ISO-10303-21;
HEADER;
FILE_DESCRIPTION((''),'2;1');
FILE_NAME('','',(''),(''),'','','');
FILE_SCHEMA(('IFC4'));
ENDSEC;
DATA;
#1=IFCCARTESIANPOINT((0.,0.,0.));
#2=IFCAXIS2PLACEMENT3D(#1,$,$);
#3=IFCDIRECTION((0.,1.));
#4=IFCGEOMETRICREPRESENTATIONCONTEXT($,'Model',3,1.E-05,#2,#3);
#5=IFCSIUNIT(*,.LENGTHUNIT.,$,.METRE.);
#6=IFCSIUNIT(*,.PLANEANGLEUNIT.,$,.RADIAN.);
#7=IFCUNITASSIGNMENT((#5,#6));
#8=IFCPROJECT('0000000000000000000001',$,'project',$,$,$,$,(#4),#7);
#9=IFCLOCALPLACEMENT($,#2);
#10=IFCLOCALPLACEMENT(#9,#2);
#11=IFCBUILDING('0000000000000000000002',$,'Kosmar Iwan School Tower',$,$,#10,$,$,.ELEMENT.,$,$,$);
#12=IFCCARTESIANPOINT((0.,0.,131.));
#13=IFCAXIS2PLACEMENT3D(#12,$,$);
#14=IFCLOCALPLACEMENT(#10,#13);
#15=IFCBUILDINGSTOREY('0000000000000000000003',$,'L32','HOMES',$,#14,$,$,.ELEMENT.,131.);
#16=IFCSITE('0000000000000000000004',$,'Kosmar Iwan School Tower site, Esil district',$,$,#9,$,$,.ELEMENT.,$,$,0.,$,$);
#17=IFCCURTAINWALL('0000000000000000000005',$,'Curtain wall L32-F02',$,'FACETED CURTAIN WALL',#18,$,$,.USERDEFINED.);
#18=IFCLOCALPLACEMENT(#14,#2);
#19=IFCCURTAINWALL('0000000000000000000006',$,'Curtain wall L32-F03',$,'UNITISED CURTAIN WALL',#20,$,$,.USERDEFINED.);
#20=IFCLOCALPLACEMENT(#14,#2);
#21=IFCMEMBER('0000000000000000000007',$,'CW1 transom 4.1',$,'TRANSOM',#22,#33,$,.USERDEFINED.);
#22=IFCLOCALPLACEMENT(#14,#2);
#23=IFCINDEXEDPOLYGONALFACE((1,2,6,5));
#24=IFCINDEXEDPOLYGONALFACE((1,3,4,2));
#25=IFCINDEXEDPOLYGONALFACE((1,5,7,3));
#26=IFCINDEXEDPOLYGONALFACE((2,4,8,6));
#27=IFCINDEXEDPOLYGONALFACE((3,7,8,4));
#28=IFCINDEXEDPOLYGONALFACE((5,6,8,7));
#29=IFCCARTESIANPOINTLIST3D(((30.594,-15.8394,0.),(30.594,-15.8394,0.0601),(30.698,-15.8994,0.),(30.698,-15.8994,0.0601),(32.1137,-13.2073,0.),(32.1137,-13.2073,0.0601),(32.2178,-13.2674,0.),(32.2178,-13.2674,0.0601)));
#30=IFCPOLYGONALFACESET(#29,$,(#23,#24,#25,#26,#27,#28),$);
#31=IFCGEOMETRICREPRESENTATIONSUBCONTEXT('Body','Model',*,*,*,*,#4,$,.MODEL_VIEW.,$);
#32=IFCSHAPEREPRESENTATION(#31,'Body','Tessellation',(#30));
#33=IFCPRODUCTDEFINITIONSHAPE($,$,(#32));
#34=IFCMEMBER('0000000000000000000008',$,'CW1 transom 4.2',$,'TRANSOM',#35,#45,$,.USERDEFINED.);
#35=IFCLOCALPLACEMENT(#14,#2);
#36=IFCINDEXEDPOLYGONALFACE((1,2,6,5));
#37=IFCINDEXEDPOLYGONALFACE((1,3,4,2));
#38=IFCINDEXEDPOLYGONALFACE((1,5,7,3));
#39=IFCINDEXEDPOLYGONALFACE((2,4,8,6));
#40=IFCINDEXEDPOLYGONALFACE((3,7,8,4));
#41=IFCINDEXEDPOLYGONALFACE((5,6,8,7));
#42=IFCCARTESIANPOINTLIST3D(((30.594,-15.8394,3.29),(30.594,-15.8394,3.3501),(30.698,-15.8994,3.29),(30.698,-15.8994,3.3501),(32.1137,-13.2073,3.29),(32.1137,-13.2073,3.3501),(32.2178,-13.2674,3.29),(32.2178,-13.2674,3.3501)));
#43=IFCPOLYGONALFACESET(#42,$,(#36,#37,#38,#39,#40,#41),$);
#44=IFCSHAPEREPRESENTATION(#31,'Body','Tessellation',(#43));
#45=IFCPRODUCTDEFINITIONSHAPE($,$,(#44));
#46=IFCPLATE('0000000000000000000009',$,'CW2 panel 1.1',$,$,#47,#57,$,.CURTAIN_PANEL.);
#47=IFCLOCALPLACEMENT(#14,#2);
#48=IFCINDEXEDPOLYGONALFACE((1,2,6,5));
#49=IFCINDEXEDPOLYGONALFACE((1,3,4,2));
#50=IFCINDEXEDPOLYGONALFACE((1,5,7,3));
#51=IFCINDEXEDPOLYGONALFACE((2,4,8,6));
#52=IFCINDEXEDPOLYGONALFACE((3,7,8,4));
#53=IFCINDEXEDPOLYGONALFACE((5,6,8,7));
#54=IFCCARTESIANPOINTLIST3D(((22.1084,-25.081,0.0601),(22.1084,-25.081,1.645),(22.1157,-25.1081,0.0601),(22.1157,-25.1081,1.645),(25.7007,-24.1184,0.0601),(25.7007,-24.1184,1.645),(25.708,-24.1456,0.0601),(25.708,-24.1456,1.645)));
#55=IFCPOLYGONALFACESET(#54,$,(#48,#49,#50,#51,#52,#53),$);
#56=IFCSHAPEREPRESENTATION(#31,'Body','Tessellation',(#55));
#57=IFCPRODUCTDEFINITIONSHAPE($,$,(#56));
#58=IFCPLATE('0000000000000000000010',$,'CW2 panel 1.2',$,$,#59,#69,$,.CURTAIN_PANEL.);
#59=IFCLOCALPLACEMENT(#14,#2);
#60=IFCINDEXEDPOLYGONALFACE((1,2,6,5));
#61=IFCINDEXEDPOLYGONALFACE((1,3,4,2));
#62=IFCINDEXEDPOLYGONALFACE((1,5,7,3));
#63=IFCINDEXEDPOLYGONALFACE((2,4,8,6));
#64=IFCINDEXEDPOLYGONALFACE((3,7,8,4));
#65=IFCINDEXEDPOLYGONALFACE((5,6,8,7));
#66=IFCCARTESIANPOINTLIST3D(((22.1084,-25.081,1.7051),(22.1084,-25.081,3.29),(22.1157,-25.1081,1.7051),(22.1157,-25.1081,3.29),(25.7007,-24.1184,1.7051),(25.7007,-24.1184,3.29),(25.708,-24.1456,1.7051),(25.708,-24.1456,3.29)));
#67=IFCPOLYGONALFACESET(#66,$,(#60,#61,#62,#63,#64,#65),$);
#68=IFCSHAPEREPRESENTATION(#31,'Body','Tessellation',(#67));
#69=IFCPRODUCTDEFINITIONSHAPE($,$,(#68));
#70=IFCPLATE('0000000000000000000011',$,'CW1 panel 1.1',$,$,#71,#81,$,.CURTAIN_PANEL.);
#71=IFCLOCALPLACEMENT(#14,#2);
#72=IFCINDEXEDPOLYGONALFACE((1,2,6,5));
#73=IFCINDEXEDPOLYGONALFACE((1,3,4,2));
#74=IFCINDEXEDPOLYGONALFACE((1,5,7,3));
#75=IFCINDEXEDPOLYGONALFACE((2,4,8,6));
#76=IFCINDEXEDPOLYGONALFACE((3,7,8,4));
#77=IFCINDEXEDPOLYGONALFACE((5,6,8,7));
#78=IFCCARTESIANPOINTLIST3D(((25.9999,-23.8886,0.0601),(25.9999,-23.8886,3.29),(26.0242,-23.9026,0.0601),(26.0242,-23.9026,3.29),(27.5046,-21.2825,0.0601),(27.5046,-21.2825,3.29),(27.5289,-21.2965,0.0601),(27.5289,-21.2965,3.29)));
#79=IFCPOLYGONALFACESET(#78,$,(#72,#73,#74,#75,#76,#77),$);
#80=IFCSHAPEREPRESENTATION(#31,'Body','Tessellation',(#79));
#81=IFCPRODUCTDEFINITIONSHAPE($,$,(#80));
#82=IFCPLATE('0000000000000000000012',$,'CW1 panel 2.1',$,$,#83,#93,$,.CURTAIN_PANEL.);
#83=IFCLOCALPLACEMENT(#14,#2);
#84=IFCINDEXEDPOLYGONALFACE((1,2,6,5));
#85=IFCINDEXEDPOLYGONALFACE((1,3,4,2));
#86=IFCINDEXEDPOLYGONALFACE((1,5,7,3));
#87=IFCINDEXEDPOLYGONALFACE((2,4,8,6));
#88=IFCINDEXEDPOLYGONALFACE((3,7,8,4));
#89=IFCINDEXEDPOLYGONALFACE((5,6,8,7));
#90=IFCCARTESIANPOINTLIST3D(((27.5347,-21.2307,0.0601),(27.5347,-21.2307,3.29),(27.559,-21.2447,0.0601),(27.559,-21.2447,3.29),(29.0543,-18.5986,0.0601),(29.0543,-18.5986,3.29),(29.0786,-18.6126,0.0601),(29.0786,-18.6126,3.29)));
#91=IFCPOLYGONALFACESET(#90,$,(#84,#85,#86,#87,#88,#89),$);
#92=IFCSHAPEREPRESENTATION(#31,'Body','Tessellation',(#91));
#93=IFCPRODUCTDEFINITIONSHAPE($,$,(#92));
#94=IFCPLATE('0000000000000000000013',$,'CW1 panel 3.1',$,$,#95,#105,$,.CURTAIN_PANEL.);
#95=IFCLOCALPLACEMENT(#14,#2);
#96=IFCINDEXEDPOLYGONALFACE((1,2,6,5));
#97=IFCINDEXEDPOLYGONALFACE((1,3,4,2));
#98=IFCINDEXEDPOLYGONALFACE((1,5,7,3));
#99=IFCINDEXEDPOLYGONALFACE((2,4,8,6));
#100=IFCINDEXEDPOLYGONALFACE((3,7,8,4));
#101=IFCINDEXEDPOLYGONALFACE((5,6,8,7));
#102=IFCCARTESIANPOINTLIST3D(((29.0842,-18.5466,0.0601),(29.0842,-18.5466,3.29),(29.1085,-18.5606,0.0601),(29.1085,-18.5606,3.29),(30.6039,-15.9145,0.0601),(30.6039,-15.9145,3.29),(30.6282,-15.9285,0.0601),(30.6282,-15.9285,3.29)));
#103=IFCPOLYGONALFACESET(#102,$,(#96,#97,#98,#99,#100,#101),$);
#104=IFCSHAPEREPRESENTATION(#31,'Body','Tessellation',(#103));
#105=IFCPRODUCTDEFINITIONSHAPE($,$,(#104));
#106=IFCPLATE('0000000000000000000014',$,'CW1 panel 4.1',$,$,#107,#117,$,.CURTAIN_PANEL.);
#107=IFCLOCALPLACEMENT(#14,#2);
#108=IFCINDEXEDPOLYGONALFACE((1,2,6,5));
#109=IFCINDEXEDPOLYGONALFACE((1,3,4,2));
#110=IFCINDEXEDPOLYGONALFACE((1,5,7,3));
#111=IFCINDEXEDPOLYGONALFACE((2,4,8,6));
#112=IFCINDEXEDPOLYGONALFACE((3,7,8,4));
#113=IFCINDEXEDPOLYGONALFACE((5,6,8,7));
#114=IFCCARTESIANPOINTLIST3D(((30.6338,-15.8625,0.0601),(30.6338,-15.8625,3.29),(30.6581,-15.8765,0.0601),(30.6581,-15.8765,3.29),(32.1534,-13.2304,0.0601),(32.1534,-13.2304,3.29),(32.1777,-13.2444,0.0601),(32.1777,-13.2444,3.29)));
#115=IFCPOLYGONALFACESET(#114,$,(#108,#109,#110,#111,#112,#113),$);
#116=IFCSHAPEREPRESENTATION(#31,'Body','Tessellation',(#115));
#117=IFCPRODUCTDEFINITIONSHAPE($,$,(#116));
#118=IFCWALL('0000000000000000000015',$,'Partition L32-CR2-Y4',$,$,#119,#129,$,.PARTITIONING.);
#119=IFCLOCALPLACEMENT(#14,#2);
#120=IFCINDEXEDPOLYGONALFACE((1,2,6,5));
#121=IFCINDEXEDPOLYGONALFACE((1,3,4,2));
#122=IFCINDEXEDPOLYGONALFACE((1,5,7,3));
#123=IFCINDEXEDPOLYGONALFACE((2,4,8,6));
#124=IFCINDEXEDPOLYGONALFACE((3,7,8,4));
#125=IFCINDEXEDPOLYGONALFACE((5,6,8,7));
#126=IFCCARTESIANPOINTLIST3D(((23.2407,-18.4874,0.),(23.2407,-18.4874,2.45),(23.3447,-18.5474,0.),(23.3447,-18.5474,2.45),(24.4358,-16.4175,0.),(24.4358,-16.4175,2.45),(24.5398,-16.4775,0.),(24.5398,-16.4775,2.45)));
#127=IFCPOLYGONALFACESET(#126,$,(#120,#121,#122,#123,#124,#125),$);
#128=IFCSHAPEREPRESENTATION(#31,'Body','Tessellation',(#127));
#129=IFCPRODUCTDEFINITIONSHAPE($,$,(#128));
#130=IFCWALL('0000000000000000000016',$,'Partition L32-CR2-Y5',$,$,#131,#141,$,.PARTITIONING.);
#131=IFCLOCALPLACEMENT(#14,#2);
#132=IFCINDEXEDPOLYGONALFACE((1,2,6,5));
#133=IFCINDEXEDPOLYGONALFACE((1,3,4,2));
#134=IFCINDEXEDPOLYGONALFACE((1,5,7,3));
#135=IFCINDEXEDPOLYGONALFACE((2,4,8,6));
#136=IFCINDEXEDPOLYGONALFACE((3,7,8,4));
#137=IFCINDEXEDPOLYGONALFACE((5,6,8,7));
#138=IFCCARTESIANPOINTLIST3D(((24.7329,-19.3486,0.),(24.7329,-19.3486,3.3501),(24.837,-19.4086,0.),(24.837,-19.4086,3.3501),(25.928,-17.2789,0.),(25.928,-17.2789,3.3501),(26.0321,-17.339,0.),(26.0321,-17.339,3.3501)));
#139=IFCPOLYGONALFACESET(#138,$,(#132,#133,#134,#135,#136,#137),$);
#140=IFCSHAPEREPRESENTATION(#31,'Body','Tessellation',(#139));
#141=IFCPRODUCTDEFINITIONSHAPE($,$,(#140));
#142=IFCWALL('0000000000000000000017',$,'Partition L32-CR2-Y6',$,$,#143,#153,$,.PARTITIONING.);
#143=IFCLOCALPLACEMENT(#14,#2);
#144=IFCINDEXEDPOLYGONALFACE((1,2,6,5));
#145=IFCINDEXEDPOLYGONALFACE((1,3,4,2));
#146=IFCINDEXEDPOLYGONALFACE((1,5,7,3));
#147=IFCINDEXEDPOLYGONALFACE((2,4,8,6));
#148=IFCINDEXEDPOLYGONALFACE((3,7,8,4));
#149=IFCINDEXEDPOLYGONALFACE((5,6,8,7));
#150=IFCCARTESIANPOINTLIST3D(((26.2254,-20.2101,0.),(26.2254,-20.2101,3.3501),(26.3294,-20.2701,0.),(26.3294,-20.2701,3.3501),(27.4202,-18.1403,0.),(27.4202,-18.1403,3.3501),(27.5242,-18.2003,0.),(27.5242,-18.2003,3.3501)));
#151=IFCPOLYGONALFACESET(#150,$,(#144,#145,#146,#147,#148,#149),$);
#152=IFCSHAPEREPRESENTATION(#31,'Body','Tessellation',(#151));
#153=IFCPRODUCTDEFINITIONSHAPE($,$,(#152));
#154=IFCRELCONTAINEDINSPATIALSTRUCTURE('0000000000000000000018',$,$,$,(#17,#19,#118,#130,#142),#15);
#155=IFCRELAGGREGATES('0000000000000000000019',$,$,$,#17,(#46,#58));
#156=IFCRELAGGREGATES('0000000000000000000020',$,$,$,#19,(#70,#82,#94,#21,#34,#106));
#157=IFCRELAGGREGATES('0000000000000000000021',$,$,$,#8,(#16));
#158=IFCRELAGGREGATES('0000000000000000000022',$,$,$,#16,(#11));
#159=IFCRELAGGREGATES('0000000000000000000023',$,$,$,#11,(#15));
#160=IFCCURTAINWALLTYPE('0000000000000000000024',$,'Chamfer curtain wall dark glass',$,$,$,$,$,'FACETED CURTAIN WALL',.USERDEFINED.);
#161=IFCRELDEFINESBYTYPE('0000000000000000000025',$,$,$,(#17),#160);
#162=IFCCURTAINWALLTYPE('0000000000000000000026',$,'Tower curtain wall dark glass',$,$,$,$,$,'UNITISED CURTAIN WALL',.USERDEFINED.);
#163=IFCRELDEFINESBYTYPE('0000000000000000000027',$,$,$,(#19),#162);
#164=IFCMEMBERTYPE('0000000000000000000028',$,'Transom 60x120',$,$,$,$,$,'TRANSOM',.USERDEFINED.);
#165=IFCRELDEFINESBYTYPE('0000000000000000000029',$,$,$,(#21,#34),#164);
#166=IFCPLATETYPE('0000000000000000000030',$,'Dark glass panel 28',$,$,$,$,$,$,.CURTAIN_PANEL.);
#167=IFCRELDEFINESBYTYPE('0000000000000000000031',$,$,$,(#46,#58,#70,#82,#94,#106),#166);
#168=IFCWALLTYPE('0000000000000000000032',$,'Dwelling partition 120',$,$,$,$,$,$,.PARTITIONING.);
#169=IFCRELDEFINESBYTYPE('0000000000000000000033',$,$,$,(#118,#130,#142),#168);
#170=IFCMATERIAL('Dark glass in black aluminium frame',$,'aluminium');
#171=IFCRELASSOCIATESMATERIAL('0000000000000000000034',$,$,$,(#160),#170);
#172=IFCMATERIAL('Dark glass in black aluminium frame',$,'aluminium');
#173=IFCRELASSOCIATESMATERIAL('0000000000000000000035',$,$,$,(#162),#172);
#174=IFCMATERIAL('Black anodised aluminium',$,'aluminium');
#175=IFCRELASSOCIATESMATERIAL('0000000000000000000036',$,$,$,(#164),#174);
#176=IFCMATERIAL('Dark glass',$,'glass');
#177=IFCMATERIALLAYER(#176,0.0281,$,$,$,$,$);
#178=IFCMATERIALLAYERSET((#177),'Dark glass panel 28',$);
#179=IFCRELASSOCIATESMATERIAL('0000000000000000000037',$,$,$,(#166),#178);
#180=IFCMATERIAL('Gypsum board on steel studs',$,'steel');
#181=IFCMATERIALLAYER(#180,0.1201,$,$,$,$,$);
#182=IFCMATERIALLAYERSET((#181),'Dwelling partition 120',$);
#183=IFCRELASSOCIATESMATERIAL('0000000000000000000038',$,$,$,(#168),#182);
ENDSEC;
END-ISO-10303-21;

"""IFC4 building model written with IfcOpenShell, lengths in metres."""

from ifc_helpers import new_model, si_unit, direction, frame, frame_2d, origin, origin_2d, place, context, subcontext, project, spatial, rectangle, extrude, material, layer, layer_set, material_profile, profile_set, type_object, element, aggregate, save


model = new_model("IFC4")

# Units and contexts
model_context = context("Model", 3, precision=1e-05, world=origin(), true_north=direction((0.0, 1.0)))
body_context = subcontext(model_context, "Body", "Model", "MODEL_VIEW")
ifc_project = project(units=[si_unit("LENGTHUNIT", "METRE"), si_unit("PLANEANGLEUNIT", "RADIAN")], contexts=[model_context])

# Site, building, storey
site_placement = place(None, origin())
site = spatial("IfcSite", under=ifc_project, at=site_placement, Name="Kosmar Iwan School Tower site, Esil district", CompositionType="ELEMENT", RefElevation=0.0)
building_placement = place(site_placement, origin())
building = spatial("IfcBuilding", under=site, at=building_placement, Name="Kosmar Iwan School Tower", CompositionType="ELEMENT")
storey_placement = place(building_placement, frame((0.0, 0.0, 131.0)))
storey = spatial("IfcBuildingStorey", under=building, at=storey_placement, Name="L32", Description="HOMES", CompositionType="ELEMENT", Elevation=131.0)

# Curtain wall
ifc_material_1 = material(Name="Dark glass in black aluminium frame", Category="aluminium")
curtain_wall_type_1 = type_object("IfcCurtainWallType", Name="Chamfer curtain wall dark glass", ElementType="FACETED CURTAIN WALL", PredefinedType="USERDEFINED", material=ifc_material_1)
curtain_wall_1_placement = place(storey_placement, origin())
curtain_wall_1 = element("IfcCurtainWall", 1, at=curtain_wall_1_placement, inside=storey, type_object=curtain_wall_type_1, Name="Curtain wall L32-F02", ObjectType="FACETED CURTAIN WALL", PredefinedType="USERDEFINED")

# Curtain wall
ifc_material_2 = material(Name="Dark glass in black aluminium frame", Category="aluminium")
curtain_wall_type_2 = type_object("IfcCurtainWallType", Name="Tower curtain wall dark glass", ElementType="UNITISED CURTAIN WALL", PredefinedType="USERDEFINED", material=ifc_material_2)
curtain_wall_2_placement = place(storey_placement, origin())
curtain_wall_2 = element("IfcCurtainWall", 2, at=curtain_wall_2_placement, inside=storey, type_object=curtain_wall_type_2, Name="Curtain wall L32-F03", ObjectType="UNITISED CURTAIN WALL", PredefinedType="USERDEFINED")

# Members
ifc_material_3 = material(Name="Black anodised aluminium", Category="aluminium")
ifc_material_profile_1 = material_profile(ifc_material_3, rectangle(XDim=0.1201, YDim=0.0601, at=origin_2d()), Name="TRANSOM 60x120")
ifc_profile_set_1 = profile_set([ifc_material_profile_1], Name="Black anodised aluminium")
member_type_1 = type_object("IfcMemberType", Name="Transom 60x120", ElementType="TRANSOM", PredefinedType="USERDEFINED", material=ifc_profile_set_1)
member_1_placement = place(storey_placement, frame((30.646, -15.8694, 0.03), z_axis=(0.500035, 0.866005, 0.0), x_axis=(-0.866005, 0.500035, 0.0)))
member_1 = element("IfcMember", 3, at=member_1_placement, type_object=member_type_1, Name="CW1 transom 4.1", ObjectType="TRANSOM", PredefinedType="USERDEFINED", context=body_context, shape_type="SweptSolid", body=[
    extrude(rectangle(XDim=0.1201, YDim=0.0601, at=origin_2d()), origin(), (0.0, 0.0, 1.0), 3.0393),
])
member_2_placement = place(storey_placement, frame((30.646, -15.8694, 3.3201), z_axis=(0.500035, 0.866005, 0.0), x_axis=(-0.866005, 0.500035, 0.0)))
member_2 = element("IfcMember", 4, at=member_2_placement, type_object=member_type_1, Name="CW1 transom 4.2", ObjectType="TRANSOM", PredefinedType="USERDEFINED", context=body_context, shape_type="SweptSolid", body=[
    extrude(rectangle(XDim=0.1201, YDim=0.0601, at=origin_2d()), origin(), (0.0, 0.0, 1.0), 3.0393),
])

# Plates
ifc_material_4 = material(Name="Dark glass", Category="glass")
ifc_layer_1 = layer(ifc_material_4, 0.0281)
ifc_layer_set_1 = layer_set([ifc_layer_1], Name="Dark glass panel 28")
plate_type = type_object("IfcPlateType", Name="Dark glass panel 28", PredefinedType="CURTAIN_PANEL", material=ifc_layer_set_1)
plate_1_placement = place(storey_placement, frame((23.9082, -24.6133, 0.0601), z_axis=(0.0, 0.0, 1.0), x_axis=(0.965926, 0.258819, 0.0)))
plate_1 = element("IfcPlate", 5, at=plate_1_placement, type_object=plate_type, Name="CW2 panel 1.1", PredefinedType="CURTAIN_PANEL", context=body_context, shape_type="SweptSolid", body=[
    extrude(rectangle(XDim=3.719, YDim=0.0281, at=origin_2d()), origin(), (0.0, 0.0, 1.0), 1.585),
])
plate_2_placement = place(storey_placement, frame((23.9082, -24.6133, 1.7051), z_axis=(0.0, 0.0, 1.0), x_axis=(0.965926, 0.258819, 0.0)))
plate_2 = element("IfcPlate", 6, at=plate_2_placement, type_object=plate_type, Name="CW2 panel 1.2", PredefinedType="CURTAIN_PANEL", context=body_context, shape_type="SweptSolid", body=[
    extrude(rectangle(XDim=3.719, YDim=0.0281, at=origin_2d()), origin(), (0.0, 0.0, 1.0), 1.585),
])
aggregate(curtain_wall_1, [plate_1, plate_2])
plate_3_placement = place(storey_placement, frame((26.7644, -22.5925, 0.0601), z_axis=(0.0, 0.0, 1.0), x_axis=(0.5, 0.866025, 0.0)))
plate_3 = element("IfcPlate", 7, at=plate_3_placement, type_object=plate_type, Name="CW1 panel 1.1", PredefinedType="CURTAIN_PANEL", context=body_context, shape_type="SweptSolid", body=[
    extrude(rectangle(XDim=3.0093, YDim=0.0281, at=origin_2d()), origin(), (0.0, 0.0, 1.0), 3.23),
])
plate_4_placement = place(storey_placement, frame((28.3066, -19.9216, 0.0601), z_axis=(0.0, 0.0, 1.0), x_axis=(0.5, 0.866025, 0.0)))
plate_4 = element("IfcPlate", 8, at=plate_4_placement, type_object=plate_type, Name="CW1 panel 2.1", PredefinedType="CURTAIN_PANEL", context=body_context, shape_type="SweptSolid", body=[
    extrude(rectangle(XDim=3.0393, YDim=0.0281, at=origin_2d()), origin(), (0.0, 0.0, 1.0), 3.23),
])
plate_5_placement = place(storey_placement, frame((29.8562, -17.2375, 0.0601), z_axis=(0.0, 0.0, 1.0), x_axis=(0.5, 0.866025, 0.0)))
plate_5 = element("IfcPlate", 9, at=plate_5_placement, type_object=plate_type, Name="CW1 panel 3.1", PredefinedType="CURTAIN_PANEL", context=body_context, shape_type="SweptSolid", body=[
    extrude(rectangle(XDim=3.0393, YDim=0.0281, at=origin_2d()), origin(), (0.0, 0.0, 1.0), 3.23),
])
plate_6_placement = place(storey_placement, frame((31.4058, -14.5535, 0.0601), z_axis=(0.0, 0.0, 1.0), x_axis=(0.5, 0.866025, 0.0)))
plate_6 = element("IfcPlate", 10, at=plate_6_placement, type_object=plate_type, Name="CW1 panel 4.1", PredefinedType="CURTAIN_PANEL", context=body_context, shape_type="SweptSolid", body=[
    extrude(rectangle(XDim=3.0393, YDim=0.0281, at=origin_2d()), origin(), (0.0, 0.0, 1.0), 3.23),
])
aggregate(curtain_wall_2, [plate_3, plate_4, plate_5, member_1, member_2, plate_6])

# Walls
ifc_material_5 = material(Name="Gypsum board on steel studs", Category="steel")
ifc_layer_2 = layer(ifc_material_5, 0.1201)
ifc_layer_set_2 = layer_set([ifc_layer_2], Name="Dwelling partition 120")
wall_type = type_object("IfcWallType", Name="Dwelling partition 120", PredefinedType="PARTITIONING", material=ifc_layer_set_2)
wall_placement = place(storey_placement, frame((24.4878, -16.4475, 0.0), z_axis=(0.0, 0.0, 1.0), x_axis=(-0.500017, -0.866015, 0.0)))
element("IfcWall", 11, at=wall_placement, inside=storey, type_object=wall_type, Name="Partition L32-CR2-Y4", PredefinedType="PARTITIONING", context=body_context, shape_type="SweptSolid", body=[
    extrude(rectangle(XDim=2.3901, YDim=0.1201, at=frame_2d((1.1951, 0.0))), origin(), (0.0, 0.0, 1.0), 2.45),
])
for number, where, z_axis, x_axis, name in (
    (12, (25.98, -17.3091, 0.0), (0.0, 0.0, 1.0), (-0.500061, -0.86599, 0.0), "Partition L32-CR2-Y5"),
    (13, (27.4722, -18.1704, 0.0), (0.0, 0.0, 1.0), (-0.499941, -0.86606, 0.0), "Partition L32-CR2-Y6"),
):
    element("IfcWall", number, at=place(storey_placement, frame(where, z_axis=z_axis, x_axis=x_axis)), inside=storey, type_object=wall_type, Name=name, PredefinedType="PARTITIONING", context=body_context, shape_type="SweptSolid", body=[
        extrude(rectangle(XDim=2.3899, YDim=0.1201, at=frame_2d((1.1948, 0.0))), origin(), (0.0, 0.0, 1.0), 3.3501),
    ])

save(model, "model.ifc")
